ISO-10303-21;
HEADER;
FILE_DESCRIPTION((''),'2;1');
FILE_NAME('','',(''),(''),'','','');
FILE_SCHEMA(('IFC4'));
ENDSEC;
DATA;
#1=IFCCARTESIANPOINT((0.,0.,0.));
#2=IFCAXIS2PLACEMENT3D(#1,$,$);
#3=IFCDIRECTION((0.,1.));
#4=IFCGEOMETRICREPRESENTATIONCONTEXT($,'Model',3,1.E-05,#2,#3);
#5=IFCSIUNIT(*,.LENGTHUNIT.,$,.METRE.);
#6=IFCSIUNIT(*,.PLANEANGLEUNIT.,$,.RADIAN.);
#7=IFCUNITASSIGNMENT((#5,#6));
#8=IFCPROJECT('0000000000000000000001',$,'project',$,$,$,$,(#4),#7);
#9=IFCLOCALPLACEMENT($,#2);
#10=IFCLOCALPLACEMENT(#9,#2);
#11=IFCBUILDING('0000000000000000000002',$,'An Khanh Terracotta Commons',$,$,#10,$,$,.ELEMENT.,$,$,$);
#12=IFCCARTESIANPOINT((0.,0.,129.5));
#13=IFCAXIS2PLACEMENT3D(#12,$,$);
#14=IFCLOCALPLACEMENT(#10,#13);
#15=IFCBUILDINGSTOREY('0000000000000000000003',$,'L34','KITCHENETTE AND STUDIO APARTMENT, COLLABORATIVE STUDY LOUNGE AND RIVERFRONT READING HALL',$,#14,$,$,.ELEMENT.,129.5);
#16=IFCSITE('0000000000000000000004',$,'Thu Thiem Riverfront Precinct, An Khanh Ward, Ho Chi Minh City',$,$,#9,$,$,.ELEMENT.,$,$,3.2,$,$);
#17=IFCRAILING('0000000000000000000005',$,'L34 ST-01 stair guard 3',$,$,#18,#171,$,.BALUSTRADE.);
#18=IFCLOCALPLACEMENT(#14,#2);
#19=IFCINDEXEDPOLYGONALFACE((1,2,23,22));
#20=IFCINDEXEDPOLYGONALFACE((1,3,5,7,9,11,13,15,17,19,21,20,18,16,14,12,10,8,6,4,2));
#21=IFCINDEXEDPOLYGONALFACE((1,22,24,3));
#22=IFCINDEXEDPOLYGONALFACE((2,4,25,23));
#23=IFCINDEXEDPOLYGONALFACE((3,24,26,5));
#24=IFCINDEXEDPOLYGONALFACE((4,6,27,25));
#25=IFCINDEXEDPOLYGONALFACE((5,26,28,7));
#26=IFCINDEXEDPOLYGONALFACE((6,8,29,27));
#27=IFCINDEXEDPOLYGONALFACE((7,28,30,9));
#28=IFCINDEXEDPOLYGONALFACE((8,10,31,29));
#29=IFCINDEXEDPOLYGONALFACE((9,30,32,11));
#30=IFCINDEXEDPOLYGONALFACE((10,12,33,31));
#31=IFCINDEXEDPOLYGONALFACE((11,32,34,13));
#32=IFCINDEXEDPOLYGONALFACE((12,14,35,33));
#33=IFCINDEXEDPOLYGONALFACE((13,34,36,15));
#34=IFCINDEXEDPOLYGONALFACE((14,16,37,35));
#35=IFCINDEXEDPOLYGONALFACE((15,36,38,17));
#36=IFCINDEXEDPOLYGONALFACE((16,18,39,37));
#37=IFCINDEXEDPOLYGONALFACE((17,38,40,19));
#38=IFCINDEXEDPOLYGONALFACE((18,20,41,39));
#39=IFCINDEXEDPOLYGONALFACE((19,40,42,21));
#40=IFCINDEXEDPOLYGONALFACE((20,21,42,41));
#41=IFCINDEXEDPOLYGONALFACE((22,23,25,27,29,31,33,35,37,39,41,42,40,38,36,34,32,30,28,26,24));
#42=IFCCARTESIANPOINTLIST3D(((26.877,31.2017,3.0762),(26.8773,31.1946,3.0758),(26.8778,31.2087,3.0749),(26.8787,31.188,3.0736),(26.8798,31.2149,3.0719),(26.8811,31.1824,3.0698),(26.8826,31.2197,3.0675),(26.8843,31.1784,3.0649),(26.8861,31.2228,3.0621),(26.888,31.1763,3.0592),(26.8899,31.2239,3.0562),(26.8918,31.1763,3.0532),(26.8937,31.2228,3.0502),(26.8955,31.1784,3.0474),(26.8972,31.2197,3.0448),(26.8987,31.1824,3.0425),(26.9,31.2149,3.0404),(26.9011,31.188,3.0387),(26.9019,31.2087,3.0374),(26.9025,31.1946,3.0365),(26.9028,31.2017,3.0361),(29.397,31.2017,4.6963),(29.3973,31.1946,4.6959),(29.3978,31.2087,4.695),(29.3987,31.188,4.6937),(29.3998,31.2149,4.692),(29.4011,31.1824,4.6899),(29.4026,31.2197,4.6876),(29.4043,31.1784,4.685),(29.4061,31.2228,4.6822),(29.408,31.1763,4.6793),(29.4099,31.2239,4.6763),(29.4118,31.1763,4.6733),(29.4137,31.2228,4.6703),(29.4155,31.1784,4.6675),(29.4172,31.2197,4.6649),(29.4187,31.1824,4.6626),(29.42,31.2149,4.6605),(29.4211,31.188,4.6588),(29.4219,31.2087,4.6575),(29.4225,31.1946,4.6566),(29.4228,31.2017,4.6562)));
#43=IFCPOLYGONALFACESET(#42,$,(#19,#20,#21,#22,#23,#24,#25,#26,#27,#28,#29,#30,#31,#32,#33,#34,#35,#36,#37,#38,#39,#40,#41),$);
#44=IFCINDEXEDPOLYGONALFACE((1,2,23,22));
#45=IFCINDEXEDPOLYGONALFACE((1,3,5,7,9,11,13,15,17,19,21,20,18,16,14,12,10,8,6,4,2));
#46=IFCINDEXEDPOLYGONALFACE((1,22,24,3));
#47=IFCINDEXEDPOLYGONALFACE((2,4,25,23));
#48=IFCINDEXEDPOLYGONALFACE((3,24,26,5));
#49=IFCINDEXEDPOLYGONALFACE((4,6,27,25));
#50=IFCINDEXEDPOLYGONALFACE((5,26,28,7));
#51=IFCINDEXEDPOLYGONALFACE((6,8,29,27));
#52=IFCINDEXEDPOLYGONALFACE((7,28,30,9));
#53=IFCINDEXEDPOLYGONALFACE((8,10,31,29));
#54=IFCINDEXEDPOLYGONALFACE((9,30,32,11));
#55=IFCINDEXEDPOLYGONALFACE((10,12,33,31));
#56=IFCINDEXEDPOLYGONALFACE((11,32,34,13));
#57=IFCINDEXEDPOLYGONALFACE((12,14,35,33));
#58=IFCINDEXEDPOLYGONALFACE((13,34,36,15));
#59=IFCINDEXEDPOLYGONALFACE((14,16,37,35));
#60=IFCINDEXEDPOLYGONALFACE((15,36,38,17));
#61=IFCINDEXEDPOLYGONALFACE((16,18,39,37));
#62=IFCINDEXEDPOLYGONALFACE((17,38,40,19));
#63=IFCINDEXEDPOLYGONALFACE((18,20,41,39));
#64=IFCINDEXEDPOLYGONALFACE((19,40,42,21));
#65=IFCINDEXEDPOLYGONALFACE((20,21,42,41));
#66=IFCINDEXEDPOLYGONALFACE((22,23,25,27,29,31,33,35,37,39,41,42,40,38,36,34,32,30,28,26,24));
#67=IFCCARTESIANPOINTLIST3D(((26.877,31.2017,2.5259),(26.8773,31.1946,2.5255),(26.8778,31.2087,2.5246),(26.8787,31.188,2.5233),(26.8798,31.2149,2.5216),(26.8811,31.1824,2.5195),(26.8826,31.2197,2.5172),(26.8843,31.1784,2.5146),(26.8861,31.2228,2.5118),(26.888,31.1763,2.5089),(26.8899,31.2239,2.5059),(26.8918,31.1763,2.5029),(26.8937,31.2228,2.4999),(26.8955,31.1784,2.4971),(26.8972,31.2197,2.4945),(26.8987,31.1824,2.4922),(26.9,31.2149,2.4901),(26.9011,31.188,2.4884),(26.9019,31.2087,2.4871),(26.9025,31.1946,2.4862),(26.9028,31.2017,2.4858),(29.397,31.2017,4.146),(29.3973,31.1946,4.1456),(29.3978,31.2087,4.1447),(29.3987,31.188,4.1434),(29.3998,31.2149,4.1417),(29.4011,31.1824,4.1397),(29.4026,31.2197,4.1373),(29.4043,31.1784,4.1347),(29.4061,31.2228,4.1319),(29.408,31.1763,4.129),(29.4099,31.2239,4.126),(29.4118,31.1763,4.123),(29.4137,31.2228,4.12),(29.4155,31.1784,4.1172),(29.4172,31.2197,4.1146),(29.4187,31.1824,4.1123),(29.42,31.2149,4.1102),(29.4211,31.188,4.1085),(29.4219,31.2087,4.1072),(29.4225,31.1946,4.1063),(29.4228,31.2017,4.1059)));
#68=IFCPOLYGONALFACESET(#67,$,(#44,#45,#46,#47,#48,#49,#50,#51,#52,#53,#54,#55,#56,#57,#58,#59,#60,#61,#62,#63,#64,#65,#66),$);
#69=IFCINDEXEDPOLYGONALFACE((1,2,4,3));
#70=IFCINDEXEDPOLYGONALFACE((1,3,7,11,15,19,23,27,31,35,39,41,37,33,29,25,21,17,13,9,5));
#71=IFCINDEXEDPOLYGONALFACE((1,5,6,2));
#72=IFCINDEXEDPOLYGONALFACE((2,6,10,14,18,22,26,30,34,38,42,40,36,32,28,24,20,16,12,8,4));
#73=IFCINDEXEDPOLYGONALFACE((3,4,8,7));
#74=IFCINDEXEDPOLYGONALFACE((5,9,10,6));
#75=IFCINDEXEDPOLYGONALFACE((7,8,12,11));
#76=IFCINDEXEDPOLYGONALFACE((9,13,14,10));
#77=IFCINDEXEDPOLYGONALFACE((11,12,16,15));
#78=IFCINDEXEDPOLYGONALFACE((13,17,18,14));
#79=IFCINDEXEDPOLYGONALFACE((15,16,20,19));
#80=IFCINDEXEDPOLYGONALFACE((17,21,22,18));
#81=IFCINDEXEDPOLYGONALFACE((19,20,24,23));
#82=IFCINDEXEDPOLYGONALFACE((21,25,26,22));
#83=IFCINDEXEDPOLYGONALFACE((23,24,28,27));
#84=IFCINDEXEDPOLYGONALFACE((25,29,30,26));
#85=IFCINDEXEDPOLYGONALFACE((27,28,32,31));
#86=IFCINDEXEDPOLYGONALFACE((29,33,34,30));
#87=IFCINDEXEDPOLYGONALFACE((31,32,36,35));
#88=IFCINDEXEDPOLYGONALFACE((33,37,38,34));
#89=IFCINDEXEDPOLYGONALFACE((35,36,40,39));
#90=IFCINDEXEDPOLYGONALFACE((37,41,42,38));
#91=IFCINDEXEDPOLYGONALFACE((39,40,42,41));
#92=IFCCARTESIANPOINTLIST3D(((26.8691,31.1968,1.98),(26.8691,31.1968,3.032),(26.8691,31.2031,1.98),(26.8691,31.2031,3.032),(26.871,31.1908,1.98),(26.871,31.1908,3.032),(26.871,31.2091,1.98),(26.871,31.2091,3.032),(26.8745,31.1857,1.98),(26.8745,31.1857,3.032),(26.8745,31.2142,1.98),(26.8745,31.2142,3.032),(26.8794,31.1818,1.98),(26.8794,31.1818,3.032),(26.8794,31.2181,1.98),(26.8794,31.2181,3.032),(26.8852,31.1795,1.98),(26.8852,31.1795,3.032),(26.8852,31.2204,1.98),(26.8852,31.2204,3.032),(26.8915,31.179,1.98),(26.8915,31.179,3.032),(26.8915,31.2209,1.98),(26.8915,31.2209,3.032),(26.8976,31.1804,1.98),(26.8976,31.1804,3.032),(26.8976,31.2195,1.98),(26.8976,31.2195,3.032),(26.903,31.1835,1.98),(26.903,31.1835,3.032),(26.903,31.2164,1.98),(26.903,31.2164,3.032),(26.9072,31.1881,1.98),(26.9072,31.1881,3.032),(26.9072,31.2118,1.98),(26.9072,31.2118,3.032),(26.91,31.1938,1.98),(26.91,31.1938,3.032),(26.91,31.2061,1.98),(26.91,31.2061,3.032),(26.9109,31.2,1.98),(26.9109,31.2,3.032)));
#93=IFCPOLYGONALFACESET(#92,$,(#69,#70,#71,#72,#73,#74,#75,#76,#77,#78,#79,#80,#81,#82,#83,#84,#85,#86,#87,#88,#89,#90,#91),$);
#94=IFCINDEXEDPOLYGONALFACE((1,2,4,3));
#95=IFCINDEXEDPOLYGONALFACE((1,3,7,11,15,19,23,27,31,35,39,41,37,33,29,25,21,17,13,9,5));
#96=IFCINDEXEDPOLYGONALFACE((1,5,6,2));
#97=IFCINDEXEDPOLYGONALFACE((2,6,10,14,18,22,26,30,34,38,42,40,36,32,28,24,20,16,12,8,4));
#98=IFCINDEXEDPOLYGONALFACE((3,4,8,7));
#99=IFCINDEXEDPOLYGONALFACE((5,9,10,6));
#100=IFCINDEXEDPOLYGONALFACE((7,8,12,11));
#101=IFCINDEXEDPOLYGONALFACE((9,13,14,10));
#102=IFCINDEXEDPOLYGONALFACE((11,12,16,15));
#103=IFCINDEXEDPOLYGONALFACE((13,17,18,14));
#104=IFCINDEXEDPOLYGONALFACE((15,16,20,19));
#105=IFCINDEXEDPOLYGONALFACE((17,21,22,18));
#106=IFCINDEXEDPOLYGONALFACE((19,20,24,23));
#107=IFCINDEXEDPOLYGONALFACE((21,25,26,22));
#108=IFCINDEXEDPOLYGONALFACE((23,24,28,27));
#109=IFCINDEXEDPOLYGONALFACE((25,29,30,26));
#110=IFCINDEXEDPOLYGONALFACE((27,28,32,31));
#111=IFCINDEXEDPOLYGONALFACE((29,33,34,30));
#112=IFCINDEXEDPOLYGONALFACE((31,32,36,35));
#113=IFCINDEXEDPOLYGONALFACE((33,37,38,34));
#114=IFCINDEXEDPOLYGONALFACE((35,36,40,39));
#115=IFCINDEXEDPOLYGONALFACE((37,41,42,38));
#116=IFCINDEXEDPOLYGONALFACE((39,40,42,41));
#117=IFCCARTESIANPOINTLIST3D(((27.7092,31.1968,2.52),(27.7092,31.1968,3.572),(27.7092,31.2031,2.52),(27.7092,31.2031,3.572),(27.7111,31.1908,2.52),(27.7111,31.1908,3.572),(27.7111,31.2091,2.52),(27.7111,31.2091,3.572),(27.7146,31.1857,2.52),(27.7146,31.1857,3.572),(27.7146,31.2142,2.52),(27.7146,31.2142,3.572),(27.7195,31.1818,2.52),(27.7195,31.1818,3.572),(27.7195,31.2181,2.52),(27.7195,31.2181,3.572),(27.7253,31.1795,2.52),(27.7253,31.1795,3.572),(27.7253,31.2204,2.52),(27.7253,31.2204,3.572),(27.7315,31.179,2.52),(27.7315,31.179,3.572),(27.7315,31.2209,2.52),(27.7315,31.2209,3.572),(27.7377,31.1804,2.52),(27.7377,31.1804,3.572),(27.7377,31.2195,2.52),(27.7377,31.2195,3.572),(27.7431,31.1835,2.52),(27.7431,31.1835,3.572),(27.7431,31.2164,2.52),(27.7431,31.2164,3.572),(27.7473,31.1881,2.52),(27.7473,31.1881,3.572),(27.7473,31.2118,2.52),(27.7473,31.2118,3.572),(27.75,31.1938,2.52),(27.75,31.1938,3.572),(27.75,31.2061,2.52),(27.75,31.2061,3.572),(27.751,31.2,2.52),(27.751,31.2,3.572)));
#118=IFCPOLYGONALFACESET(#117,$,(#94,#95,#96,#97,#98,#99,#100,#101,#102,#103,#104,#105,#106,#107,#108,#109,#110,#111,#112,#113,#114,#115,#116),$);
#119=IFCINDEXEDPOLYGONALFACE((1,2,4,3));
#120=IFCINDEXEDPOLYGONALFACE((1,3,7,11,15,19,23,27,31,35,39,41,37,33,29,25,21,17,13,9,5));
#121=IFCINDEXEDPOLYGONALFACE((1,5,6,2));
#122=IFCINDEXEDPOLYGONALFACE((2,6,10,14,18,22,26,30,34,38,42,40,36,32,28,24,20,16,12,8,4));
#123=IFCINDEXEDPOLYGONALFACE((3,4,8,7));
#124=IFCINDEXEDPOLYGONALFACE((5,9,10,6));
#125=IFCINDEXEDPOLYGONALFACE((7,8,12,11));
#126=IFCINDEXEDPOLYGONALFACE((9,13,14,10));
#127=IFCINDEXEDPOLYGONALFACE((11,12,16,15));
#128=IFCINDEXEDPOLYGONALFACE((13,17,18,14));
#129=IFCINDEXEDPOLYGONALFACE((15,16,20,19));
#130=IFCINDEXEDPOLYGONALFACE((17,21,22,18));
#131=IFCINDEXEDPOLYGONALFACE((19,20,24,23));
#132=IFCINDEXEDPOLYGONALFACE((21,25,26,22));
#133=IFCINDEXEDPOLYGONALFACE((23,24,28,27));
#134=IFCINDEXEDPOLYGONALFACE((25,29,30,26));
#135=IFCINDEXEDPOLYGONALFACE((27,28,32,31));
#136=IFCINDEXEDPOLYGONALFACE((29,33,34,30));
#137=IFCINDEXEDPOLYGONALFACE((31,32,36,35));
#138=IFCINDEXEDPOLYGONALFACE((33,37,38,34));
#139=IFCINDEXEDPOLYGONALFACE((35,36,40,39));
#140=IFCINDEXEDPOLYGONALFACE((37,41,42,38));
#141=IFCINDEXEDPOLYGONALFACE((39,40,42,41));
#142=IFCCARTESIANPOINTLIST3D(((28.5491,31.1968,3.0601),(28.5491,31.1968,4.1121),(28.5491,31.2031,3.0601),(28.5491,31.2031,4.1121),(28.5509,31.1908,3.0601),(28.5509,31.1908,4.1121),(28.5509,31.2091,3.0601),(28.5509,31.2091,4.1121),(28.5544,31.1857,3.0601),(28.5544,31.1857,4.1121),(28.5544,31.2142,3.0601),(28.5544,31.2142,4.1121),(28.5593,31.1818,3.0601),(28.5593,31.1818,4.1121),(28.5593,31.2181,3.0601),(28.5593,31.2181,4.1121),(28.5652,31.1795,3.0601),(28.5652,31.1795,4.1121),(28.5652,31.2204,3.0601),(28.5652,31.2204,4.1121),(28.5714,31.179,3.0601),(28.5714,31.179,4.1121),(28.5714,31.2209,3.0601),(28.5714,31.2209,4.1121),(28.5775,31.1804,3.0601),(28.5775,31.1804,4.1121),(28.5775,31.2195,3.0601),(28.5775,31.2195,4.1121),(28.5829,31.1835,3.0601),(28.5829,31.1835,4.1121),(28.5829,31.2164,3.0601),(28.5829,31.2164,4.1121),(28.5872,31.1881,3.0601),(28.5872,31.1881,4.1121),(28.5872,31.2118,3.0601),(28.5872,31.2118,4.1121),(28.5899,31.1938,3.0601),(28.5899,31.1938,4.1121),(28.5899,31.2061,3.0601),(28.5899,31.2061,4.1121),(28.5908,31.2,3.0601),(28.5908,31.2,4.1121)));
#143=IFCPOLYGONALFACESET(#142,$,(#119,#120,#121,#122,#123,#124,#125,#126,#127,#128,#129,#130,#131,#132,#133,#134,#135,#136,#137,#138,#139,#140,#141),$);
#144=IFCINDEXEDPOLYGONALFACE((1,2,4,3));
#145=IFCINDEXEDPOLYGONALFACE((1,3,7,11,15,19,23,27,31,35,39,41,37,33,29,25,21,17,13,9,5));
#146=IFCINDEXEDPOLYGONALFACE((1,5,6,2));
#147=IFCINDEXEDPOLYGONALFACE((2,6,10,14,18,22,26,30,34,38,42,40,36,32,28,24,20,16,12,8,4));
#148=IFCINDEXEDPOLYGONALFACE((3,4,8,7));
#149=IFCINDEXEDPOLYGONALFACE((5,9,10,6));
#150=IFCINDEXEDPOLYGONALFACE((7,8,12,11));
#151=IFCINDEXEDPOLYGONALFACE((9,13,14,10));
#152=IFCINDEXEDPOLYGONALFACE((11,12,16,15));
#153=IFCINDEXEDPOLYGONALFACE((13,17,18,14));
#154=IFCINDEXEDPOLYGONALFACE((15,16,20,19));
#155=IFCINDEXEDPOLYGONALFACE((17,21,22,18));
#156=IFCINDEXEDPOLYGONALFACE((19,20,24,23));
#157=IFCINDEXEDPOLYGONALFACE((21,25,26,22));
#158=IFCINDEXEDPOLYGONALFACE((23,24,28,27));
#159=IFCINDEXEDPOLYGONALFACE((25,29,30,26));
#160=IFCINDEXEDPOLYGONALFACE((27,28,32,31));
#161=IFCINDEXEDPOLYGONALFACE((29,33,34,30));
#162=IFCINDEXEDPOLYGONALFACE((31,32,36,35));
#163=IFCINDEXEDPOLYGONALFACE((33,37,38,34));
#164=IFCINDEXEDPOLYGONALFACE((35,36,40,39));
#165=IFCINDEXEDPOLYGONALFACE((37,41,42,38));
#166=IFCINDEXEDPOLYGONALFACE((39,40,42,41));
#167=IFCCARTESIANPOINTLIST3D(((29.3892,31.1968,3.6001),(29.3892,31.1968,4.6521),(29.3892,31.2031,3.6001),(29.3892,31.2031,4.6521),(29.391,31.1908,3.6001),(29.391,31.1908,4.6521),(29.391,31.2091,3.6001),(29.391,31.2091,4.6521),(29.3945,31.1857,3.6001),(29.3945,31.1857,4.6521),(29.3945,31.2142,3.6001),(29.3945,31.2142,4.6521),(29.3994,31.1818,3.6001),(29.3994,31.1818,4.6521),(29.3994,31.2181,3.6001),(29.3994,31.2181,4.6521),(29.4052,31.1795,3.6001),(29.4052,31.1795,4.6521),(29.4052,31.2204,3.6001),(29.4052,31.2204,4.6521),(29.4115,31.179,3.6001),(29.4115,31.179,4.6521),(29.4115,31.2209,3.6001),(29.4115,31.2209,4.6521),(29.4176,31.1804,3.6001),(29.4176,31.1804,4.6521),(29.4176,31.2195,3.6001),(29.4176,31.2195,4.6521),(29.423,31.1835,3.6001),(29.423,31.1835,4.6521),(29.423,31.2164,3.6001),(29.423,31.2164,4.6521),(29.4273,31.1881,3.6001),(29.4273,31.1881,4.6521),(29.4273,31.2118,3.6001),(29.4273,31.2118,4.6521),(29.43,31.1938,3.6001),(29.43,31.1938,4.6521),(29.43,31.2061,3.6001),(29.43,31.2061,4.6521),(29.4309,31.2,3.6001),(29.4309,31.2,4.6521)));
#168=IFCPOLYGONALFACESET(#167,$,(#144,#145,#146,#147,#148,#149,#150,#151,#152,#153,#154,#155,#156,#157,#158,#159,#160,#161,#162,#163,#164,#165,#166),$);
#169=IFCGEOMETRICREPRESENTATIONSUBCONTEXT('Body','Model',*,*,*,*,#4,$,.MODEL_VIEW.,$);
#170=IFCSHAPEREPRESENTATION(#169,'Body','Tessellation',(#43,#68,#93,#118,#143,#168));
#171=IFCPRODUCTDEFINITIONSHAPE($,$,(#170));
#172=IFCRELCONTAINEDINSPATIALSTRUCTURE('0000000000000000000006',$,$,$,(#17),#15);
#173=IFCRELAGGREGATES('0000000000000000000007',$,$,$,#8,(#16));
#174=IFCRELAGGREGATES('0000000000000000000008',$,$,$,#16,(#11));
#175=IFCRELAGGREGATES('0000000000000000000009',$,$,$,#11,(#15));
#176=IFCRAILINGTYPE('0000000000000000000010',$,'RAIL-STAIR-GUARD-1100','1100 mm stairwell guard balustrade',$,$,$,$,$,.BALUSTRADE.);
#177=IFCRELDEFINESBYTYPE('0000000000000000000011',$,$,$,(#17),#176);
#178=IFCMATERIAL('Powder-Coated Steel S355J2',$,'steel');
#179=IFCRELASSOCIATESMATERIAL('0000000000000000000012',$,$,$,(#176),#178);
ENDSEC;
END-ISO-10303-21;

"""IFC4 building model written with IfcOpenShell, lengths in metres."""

from ifc_helpers import new_model, si_unit, direction, frame, origin, origin_2d, place, context, subcontext, project, spatial, circle, extrude, material, type_object, element, save


model = new_model("IFC4")

# Units and contexts
model_context = context("Model", 3, precision=1e-05, world=origin(), true_north=direction((0.0, 1.0)))
body_context = subcontext(model_context, "Body", "Model", "MODEL_VIEW")
ifc_project = project(units=[si_unit("LENGTHUNIT", "METRE"), si_unit("PLANEANGLEUNIT", "RADIAN")], contexts=[model_context])

# Site, building, storey
site_placement = place(None, origin())
site = spatial("IfcSite", under=ifc_project, at=site_placement, Name="Thu Thiem Riverfront Precinct, An Khanh Ward, Ho Chi Minh City", CompositionType="ELEMENT", RefElevation=3.2)
building_placement = place(site_placement, origin())
building = spatial("IfcBuilding", under=site, at=building_placement, Name="An Khanh Terracotta Commons", CompositionType="ELEMENT")
storey_placement = place(building_placement, frame((0.0, 0.0, 129.5)))
storey = spatial("IfcBuildingStorey", under=building, at=storey_placement, Name="L34", Description="KITCHENETTE AND STUDIO APARTMENT, COLLABORATIVE STUDY LOUNGE AND RIVERFRONT READING HALL", CompositionType="ELEMENT", Elevation=129.5)

# Railing
ifc_material_1 = material(Name="Powder-Coated Steel S355J2", Category="steel")
railing_type_1 = type_object("IfcRailingType", Name="RAIL-STAIR-GUARD-1100", Description="1100 mm stairwell guard balustrade", PredefinedType="BALUSTRADE", material=ifc_material_1)
railing_1_placement = place(storey_placement, frame((26.8899, 31.2, 1.98)))
element("IfcRailing", 1, at=railing_1_placement, inside=storey, type_object=railing_type_1, Name="L34 ST-01 stair guard 3", PredefinedType="BALUSTRADE", context=body_context, shape_type="SweptSolid", body=[
    extrude(circle(Radius=0.0239, at=origin_2d()), frame((0.0, 0.0, 1.0762), z_axis=(0.841163, 0.0, 0.540782), x_axis=(0.0, 1.0, 0.0)), (0.0, 0.0, 1.0), 2.9958),
    extrude(circle(Radius=0.0239, at=origin_2d()), frame((0.0, 0.0, 0.5259), z_axis=(0.841163, 0.0, 0.540782), x_axis=(0.0, 1.0, 0.0)), (0.0, 0.0, 1.0), 2.9958),
    extrude(circle(Radius=0.021, at=origin_2d()), origin(), (0.0, 0.0, 1.0), 1.052),
    extrude(circle(Radius=0.021, at=origin_2d()), frame((0.8401, 0.0, 0.54)), (0.0, 0.0, 1.0), 1.052),
    extrude(circle(Radius=0.021, at=origin_2d()), frame((1.6799, 0.0, 1.0801)), (0.0, 0.0, 1.0), 1.052),
    extrude(circle(Radius=0.021, at=origin_2d()), frame((2.52, 0.0, 1.6201)), (0.0, 0.0, 1.0), 1.052),
])

save(model, "model.ifc")
